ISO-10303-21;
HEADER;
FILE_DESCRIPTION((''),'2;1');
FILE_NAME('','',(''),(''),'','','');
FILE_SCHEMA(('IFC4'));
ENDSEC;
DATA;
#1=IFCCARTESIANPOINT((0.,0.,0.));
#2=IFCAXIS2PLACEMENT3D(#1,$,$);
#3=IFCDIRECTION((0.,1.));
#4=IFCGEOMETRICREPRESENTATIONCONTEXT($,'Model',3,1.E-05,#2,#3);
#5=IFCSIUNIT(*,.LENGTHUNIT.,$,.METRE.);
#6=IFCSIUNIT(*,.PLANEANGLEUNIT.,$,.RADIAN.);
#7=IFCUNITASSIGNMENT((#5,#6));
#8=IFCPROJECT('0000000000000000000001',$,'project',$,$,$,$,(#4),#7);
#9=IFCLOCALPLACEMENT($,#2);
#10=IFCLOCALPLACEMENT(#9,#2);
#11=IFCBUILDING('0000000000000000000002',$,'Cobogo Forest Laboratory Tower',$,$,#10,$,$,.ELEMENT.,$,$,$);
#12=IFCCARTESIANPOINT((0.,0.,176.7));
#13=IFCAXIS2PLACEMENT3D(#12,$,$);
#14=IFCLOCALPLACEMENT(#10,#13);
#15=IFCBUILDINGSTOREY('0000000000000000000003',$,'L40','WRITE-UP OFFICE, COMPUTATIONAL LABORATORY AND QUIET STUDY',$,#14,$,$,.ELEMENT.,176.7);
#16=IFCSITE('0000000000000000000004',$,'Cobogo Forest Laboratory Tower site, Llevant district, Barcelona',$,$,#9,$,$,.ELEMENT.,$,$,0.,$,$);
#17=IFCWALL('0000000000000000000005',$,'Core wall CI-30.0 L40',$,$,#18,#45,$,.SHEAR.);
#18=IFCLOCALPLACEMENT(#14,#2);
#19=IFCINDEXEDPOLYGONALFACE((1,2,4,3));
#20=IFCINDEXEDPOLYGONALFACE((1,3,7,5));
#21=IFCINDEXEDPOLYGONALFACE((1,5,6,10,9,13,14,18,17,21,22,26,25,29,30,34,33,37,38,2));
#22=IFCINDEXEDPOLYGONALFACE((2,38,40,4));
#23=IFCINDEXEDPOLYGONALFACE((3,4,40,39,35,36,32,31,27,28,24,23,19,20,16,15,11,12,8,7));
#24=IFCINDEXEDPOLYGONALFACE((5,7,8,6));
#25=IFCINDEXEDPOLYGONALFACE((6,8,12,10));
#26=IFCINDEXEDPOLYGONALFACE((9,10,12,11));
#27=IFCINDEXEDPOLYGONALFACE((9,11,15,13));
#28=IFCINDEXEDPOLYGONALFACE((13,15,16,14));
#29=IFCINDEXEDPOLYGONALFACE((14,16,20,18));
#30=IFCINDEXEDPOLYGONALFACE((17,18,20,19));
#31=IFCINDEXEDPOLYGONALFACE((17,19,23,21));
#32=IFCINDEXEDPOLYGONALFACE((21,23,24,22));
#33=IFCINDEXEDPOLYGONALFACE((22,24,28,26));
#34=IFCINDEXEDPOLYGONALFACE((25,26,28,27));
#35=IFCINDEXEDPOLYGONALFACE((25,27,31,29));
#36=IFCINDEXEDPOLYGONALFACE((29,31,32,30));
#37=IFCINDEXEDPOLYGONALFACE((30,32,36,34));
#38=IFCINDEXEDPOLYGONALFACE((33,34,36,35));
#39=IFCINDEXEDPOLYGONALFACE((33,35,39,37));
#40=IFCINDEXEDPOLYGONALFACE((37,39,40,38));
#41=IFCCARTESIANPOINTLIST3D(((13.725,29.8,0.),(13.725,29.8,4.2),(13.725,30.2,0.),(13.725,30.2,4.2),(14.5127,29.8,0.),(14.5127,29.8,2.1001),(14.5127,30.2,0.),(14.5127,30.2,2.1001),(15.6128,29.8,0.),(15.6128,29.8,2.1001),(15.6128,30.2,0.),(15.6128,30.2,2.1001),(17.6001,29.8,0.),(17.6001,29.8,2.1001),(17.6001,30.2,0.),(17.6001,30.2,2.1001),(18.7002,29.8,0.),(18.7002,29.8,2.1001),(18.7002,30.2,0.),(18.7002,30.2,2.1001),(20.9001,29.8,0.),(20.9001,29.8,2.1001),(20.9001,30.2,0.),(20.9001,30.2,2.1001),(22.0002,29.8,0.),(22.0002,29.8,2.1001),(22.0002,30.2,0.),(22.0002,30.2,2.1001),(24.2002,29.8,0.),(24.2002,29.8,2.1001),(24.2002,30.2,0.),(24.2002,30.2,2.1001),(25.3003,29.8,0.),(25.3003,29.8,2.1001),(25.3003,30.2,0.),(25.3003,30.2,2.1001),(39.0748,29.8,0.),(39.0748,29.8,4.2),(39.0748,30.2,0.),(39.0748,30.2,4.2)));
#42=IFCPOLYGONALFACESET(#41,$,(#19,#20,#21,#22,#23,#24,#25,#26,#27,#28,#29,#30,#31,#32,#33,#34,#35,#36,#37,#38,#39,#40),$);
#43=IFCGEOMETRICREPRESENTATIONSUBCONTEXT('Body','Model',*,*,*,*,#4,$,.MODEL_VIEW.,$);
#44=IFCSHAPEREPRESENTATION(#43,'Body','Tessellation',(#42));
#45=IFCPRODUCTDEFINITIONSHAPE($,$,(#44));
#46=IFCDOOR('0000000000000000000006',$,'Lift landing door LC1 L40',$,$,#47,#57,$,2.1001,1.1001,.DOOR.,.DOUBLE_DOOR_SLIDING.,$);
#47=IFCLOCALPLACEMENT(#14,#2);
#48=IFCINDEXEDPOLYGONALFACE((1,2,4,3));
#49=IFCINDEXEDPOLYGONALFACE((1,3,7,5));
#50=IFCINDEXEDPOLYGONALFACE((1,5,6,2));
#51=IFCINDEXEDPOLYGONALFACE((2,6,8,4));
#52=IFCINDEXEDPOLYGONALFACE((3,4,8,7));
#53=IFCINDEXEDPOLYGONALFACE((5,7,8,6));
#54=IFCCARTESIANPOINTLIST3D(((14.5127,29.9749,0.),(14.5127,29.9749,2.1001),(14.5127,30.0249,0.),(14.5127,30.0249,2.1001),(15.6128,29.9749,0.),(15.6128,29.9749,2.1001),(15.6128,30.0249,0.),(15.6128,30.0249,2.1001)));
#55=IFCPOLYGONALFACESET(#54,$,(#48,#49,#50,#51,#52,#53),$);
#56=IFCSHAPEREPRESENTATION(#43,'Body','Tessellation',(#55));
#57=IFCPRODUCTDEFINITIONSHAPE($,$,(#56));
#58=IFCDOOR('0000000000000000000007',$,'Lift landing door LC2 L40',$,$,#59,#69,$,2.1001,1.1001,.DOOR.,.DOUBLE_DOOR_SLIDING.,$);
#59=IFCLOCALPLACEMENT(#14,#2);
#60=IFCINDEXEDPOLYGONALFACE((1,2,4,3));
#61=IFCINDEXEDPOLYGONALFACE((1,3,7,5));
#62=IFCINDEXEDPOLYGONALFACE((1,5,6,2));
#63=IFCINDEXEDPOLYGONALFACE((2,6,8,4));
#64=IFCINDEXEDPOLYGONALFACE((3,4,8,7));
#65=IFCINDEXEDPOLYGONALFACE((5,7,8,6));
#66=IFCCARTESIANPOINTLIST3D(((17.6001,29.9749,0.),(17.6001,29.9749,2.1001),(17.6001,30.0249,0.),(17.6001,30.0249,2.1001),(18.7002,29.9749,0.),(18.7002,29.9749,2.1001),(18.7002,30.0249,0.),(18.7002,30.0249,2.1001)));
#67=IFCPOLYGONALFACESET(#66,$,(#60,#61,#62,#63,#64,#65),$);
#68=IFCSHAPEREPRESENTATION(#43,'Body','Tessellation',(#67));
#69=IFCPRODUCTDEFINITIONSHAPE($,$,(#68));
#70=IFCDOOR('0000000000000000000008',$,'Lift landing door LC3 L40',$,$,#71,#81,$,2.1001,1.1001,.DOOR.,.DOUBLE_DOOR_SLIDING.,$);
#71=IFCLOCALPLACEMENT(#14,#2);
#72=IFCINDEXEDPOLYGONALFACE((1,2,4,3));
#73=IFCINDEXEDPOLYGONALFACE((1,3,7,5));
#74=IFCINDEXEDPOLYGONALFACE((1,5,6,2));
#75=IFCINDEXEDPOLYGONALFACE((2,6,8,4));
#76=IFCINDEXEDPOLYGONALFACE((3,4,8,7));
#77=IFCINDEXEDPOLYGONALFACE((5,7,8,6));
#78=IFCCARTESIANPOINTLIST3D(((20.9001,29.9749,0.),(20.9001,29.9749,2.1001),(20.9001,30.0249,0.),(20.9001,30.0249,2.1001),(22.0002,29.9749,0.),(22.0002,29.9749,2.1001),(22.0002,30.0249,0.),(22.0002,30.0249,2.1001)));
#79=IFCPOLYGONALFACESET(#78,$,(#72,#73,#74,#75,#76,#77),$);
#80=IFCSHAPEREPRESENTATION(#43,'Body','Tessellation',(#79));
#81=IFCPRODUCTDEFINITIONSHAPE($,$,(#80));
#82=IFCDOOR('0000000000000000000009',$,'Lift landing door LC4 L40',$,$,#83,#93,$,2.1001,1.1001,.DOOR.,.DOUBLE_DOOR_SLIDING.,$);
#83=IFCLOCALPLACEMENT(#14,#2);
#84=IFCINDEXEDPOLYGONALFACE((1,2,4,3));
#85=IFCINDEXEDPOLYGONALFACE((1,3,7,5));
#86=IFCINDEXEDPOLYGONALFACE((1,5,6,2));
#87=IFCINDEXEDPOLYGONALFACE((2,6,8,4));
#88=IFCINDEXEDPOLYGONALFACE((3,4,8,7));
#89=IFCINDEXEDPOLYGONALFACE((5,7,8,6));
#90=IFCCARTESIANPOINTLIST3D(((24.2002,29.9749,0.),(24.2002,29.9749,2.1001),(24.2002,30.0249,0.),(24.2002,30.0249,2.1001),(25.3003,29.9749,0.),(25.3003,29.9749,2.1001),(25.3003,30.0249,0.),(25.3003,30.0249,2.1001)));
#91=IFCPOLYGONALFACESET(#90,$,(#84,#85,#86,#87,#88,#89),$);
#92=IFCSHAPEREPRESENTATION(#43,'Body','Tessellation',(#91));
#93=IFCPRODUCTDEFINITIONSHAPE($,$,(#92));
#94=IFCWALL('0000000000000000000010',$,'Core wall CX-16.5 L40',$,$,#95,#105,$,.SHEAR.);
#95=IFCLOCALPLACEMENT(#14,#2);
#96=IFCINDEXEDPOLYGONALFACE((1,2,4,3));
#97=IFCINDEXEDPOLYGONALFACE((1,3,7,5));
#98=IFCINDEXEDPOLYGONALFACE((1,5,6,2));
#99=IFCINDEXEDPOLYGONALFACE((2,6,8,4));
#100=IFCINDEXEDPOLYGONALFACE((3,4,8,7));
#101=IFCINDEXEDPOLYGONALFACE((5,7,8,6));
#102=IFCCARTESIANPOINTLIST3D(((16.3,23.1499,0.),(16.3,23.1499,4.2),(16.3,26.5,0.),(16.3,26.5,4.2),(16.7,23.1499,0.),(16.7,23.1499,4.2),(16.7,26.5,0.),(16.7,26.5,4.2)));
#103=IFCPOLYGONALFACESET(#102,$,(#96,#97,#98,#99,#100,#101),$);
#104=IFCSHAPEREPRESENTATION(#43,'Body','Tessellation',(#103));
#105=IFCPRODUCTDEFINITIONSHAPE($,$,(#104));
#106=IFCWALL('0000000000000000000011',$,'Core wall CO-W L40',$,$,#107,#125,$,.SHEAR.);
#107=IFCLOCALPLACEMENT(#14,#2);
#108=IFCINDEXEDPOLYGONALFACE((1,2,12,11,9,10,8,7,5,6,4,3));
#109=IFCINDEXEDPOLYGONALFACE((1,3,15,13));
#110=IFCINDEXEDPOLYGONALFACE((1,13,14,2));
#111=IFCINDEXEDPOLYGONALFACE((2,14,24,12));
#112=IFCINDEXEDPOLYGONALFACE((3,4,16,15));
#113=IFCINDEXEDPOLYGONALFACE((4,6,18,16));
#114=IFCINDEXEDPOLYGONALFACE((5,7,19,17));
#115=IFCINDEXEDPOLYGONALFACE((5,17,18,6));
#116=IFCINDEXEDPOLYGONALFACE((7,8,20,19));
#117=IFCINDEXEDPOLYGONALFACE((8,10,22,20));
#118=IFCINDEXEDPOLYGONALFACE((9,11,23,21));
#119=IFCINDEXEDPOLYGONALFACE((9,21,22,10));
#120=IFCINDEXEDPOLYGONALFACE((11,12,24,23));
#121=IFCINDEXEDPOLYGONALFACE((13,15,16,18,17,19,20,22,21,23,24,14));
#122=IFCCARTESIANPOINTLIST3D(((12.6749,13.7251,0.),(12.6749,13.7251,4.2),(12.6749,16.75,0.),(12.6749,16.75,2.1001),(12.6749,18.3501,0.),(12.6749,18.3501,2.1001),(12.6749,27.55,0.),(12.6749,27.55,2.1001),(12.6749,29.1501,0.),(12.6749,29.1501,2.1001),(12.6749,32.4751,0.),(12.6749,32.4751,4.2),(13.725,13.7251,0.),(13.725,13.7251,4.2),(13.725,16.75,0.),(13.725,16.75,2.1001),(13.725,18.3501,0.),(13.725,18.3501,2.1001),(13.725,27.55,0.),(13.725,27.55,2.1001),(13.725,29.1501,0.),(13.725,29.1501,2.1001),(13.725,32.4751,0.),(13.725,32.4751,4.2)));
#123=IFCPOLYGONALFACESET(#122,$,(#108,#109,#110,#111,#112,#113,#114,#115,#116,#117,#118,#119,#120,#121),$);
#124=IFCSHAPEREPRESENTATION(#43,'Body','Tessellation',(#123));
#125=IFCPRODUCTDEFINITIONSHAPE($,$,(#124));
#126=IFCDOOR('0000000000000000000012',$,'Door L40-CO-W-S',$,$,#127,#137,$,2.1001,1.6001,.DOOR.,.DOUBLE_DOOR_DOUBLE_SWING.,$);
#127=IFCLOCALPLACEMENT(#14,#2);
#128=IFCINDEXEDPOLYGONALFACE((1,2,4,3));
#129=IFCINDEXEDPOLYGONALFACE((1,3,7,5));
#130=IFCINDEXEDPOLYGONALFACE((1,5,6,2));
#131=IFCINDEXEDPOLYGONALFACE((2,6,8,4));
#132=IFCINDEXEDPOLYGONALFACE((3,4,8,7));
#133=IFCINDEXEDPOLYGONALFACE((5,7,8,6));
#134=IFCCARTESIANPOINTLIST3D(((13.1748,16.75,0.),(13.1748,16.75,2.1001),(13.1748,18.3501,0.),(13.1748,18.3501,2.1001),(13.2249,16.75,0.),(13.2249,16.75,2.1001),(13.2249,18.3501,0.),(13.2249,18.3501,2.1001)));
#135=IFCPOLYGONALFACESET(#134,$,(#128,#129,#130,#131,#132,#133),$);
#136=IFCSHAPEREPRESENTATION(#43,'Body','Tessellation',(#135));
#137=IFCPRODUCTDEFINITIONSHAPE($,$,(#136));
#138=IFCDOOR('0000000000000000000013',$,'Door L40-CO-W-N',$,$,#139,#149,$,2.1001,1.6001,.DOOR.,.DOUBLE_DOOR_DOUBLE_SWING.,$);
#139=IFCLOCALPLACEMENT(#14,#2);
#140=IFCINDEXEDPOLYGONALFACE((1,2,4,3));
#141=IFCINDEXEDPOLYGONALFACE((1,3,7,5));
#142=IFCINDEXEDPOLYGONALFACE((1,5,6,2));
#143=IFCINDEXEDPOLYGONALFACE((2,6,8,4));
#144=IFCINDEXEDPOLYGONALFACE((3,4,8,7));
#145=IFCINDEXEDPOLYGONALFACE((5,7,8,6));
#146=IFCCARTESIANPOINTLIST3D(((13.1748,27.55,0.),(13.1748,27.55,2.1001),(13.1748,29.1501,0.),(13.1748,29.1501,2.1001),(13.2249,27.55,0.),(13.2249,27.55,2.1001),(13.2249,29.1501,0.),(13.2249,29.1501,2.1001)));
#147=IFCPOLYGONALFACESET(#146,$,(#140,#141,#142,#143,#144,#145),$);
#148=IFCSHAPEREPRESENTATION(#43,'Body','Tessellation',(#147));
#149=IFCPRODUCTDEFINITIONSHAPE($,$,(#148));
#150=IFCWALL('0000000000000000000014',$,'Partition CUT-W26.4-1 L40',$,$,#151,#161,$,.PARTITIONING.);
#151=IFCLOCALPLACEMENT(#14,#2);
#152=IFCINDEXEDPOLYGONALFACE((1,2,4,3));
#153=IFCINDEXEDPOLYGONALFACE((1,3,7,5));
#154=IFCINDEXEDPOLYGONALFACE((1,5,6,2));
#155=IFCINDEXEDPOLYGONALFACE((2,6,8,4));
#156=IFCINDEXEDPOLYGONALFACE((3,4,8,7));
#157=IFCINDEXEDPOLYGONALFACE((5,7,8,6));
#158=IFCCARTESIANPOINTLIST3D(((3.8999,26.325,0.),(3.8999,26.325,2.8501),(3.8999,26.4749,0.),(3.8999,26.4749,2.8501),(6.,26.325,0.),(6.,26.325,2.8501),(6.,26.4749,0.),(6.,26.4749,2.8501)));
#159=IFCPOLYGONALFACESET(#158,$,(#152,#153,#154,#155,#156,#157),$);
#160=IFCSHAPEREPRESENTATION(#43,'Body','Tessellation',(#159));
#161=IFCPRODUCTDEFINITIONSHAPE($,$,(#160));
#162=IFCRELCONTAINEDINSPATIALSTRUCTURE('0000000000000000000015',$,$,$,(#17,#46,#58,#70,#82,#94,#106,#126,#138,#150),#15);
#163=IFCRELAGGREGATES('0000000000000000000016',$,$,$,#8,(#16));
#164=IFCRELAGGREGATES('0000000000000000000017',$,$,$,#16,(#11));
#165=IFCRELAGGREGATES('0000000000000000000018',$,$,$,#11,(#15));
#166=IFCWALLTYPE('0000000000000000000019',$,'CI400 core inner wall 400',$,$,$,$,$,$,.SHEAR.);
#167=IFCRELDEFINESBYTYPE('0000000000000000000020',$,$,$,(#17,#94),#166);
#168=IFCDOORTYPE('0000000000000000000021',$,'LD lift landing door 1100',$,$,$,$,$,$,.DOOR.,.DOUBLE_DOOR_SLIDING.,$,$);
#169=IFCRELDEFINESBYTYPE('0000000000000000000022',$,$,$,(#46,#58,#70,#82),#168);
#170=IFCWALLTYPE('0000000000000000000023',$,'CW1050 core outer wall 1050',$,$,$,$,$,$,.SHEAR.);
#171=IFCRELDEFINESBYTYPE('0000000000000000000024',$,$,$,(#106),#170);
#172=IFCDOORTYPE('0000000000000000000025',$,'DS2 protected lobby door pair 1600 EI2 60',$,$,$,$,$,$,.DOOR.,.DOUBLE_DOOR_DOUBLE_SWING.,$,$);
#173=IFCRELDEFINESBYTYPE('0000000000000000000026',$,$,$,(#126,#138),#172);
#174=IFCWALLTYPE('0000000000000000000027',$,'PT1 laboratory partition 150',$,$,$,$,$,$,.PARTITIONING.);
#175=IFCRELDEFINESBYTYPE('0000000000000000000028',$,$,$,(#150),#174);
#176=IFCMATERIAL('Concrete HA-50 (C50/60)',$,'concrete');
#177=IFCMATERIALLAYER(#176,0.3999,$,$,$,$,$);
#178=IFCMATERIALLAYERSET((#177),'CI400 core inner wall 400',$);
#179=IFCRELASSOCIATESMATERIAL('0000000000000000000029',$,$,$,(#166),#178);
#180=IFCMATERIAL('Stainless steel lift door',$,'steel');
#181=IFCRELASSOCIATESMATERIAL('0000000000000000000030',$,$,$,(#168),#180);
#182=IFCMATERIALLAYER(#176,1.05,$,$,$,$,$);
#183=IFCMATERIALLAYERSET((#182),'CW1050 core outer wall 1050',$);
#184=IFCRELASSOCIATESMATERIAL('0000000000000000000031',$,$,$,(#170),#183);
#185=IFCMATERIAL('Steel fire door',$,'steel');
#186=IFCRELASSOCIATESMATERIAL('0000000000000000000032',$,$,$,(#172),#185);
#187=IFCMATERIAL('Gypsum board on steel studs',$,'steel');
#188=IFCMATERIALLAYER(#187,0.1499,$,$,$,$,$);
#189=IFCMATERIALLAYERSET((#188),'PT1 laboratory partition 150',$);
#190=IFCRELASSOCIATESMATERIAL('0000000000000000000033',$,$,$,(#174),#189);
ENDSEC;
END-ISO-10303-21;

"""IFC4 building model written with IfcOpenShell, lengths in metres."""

from ifc_helpers import new_model, si_unit, direction, frame, frame_2d, origin, place, context, subcontext, project, spatial, rectangle, extrude, material, layer, layer_set, type_object, element, fill, save


model = new_model("IFC4")

# Units and contexts
model_context = context("Model", 3, precision=1e-05, world=origin(), true_north=direction((0.0, 1.0)))
body_context = subcontext(model_context, "Body", "Model", "MODEL_VIEW")
ifc_project = project(units=[si_unit("LENGTHUNIT", "METRE"), si_unit("PLANEANGLEUNIT", "RADIAN")], contexts=[model_context])

# Site, building, storey
site_placement = place(None, origin())
site = spatial("IfcSite", under=ifc_project, at=site_placement, Name="Cobogo Forest Laboratory Tower site, Llevant district, Barcelona", CompositionType="ELEMENT", RefElevation=0.0)
building_placement = place(site_placement, origin())
building = spatial("IfcBuilding", under=site, at=building_placement, Name="Cobogo Forest Laboratory Tower", CompositionType="ELEMENT")
storey_placement = place(building_placement, frame((0.0, 0.0, 176.7)))
storey = spatial("IfcBuildingStorey", under=building, at=storey_placement, Name="L40", Description="WRITE-UP OFFICE, COMPUTATIONAL LABORATORY AND QUIET STUDY", CompositionType="ELEMENT", Elevation=176.7)

# Shared definitions
ifc_material_1 = material(Name="Concrete HA-50 (C50/60)", Category="concrete")

# Shared definitions
ifc_layer_1 = layer(ifc_material_1, 0.3999)
ifc_layer_set_1 = layer_set([ifc_layer_1], Name="CI400 core inner wall 400")
wall_type_1 = type_object("IfcWallType", Name="CI400 core inner wall 400", PredefinedType="SHEAR", material=ifc_layer_set_1)

# Wall, openings, doors
ifc_material_2 = material(Name="Steel fire door", Category="steel")
ifc_material_3 = material(Name="Stainless steel lift door", Category="steel")
door_type_1 = type_object("IfcDoorType", Name="LD lift landing door 1100", OperationType="DOUBLE_DOOR_SLIDING", PredefinedType="DOOR", material=ifc_material_3)
wall_1_placement = place(storey_placement, frame((13.7251, 30.0, 0.0), z_axis=(0.0, 0.0, 1.0), x_axis=(1.0, 0.0, 0.0)))
wall_1 = element("IfcWall", 1, at=wall_1_placement, inside=storey, type_object=wall_type_1, Name="Core wall CI-30.0 L40", PredefinedType="SHEAR", context=body_context, shape_type="SweptSolid", body=[
    extrude(rectangle(XDim=25.3499, YDim=0.3999, at=frame_2d((12.6748, 0.0))), origin(), (0.0, 0.0, 1.0), 4.2),
])
opening_1_placement = place(wall_1_placement, frame((0.7876, 0.0, 0.0)))
opening_1 = element("IfcOpeningElement", 2, at=opening_1_placement, cuts=wall_1, PredefinedType="OPENING", context=body_context, shape_type="SweptSolid", body=[
    extrude(rectangle(XDim=1.1001, YDim=2.1001, at=frame_2d((0.55, 1.05))), frame((0.0, 0.21, 0.0), z_axis=(0.0, -1.0, 0.0), x_axis=(1.0, 0.0, 0.0)), (0.0, 0.0, 1.0), 0.4199),
])
opening_2_placement = place(wall_1_placement, frame((3.875, 0.0, 0.0)))
opening_2 = element("IfcOpeningElement", 3, at=opening_2_placement, cuts=wall_1, PredefinedType="OPENING", context=body_context, shape_type="SweptSolid", body=[
    extrude(rectangle(XDim=1.1001, YDim=2.1001, at=frame_2d((0.55, 1.05))), frame((0.0, 0.21, 0.0), z_axis=(0.0, -1.0, 0.0), x_axis=(1.0, 0.0, 0.0)), (0.0, 0.0, 1.0), 0.4199),
])
opening_3_placement = place(wall_1_placement, frame((7.175, 0.0, 0.0)))
opening_3 = element("IfcOpeningElement", 4, at=opening_3_placement, cuts=wall_1, PredefinedType="OPENING", context=body_context, shape_type="SweptSolid", body=[
    extrude(rectangle(XDim=1.1001, YDim=2.1001, at=frame_2d((0.55, 1.05))), frame((0.0, 0.21, 0.0), z_axis=(0.0, -1.0, 0.0), x_axis=(1.0, 0.0, 0.0)), (0.0, 0.0, 1.0), 0.4199),
])
opening_4_placement = place(wall_1_placement, frame((10.4751, 0.0, 0.0)))
opening_4 = element("IfcOpeningElement", 5, at=opening_4_placement, cuts=wall_1, PredefinedType="OPENING", context=body_context, shape_type="SweptSolid", body=[
    extrude(rectangle(XDim=1.1001, YDim=2.1001, at=frame_2d((0.55, 1.05))), frame((0.0, 0.21, 0.0), z_axis=(0.0, -1.0, 0.0), x_axis=(1.0, 0.0, 0.0)), (0.0, 0.0, 1.0), 0.4199),
])
door_1_placement = place(opening_1_placement, origin())
door_1 = element("IfcDoor", 6, at=door_1_placement, inside=storey, type_object=door_type_1, Name="Lift landing door LC1 L40", OperationType="DOUBLE_DOOR_SLIDING", OverallHeight=2.1001, OverallWidth=1.1001, PredefinedType="DOOR", context=body_context, shape_type="SweptSolid", body=[
    extrude(rectangle(XDim=1.1001, YDim=2.1001, at=frame_2d((0.55, 1.05))), frame((0.0, 0.0249, 0.0), z_axis=(0.0, -1.0, 0.0), x_axis=(1.0, 0.0, 0.0)), (0.0, 0.0, 1.0), 0.05),
])
fill(opening_1, door_1)
door_2_placement = place(opening_2_placement, origin())
door_2 = element("IfcDoor", 7, at=door_2_placement, inside=storey, type_object=door_type_1, Name="Lift landing door LC2 L40", OperationType="DOUBLE_DOOR_SLIDING", OverallHeight=2.1001, OverallWidth=1.1001, PredefinedType="DOOR", context=body_context, shape_type="SweptSolid", body=[
    extrude(rectangle(XDim=1.1001, YDim=2.1001, at=frame_2d((0.55, 1.05))), frame((0.0, 0.0249, 0.0), z_axis=(0.0, -1.0, 0.0), x_axis=(1.0, 0.0, 0.0)), (0.0, 0.0, 1.0), 0.05),
])
fill(opening_2, door_2)
door_3_placement = place(opening_3_placement, origin())
door_3 = element("IfcDoor", 8, at=door_3_placement, inside=storey, type_object=door_type_1, Name="Lift landing door LC3 L40", OperationType="DOUBLE_DOOR_SLIDING", OverallHeight=2.1001, OverallWidth=1.1001, PredefinedType="DOOR", context=body_context, shape_type="SweptSolid", body=[
    extrude(rectangle(XDim=1.1001, YDim=2.1001, at=frame_2d((0.55, 1.05))), frame((0.0, 0.0249, 0.0), z_axis=(0.0, -1.0, 0.0), x_axis=(1.0, 0.0, 0.0)), (0.0, 0.0, 1.0), 0.05),
])
fill(opening_3, door_3)
door_4_placement = place(opening_4_placement, origin())
door_4 = element("IfcDoor", 9, at=door_4_placement, inside=storey, type_object=door_type_1, Name="Lift landing door LC4 L40", OperationType="DOUBLE_DOOR_SLIDING", OverallHeight=2.1001, OverallWidth=1.1001, PredefinedType="DOOR", context=body_context, shape_type="SweptSolid", body=[
    extrude(rectangle(XDim=1.1001, YDim=2.1001, at=frame_2d((0.55, 1.05))), frame((0.0, 0.0249, 0.0), z_axis=(0.0, -1.0, 0.0), x_axis=(1.0, 0.0, 0.0)), (0.0, 0.0, 1.0), 0.05),
])
fill(opening_4, door_4)

# Wall
wall_2_placement = place(storey_placement, frame((16.5, 23.1499, 0.0), z_axis=(0.0, 0.0, 1.0), x_axis=(0.0, 1.0, 0.0)))
element("IfcWall", 10, at=wall_2_placement, inside=storey, type_object=wall_type_1, Name="Core wall CX-16.5 L40", PredefinedType="SHEAR", context=body_context, shape_type="SweptSolid", body=[
    extrude(rectangle(XDim=3.3501, YDim=0.3999, at=frame_2d((1.675, 0.0))), origin(), (0.0, 0.0, 1.0), 4.2),
])

# Wall, openings, doors
ifc_layer_2 = layer(ifc_material_1, 1.05)
ifc_layer_set_2 = layer_set([ifc_layer_2], Name="CW1050 core outer wall 1050")
wall_type_2 = type_object("IfcWallType", Name="CW1050 core outer wall 1050", PredefinedType="SHEAR", material=ifc_layer_set_2)
wall_3_placement = place(storey_placement, frame((13.2, 32.4751, 0.0), z_axis=(0.0, 0.0, 1.0), x_axis=(0.0, -1.0, 0.0)))
wall_3 = element("IfcWall", 11, at=wall_3_placement, inside=storey, type_object=wall_type_2, Name="Core wall CO-W L40", PredefinedType="SHEAR", context=body_context, shape_type="SweptSolid", body=[
    extrude(rectangle(XDim=18.75, YDim=1.05, at=frame_2d((9.375, 0.0))), origin(), (0.0, 0.0, 1.0), 4.2),
])
opening_5_placement = place(wall_3_placement, frame((14.125, 0.0, 0.0)))
opening_5 = element("IfcOpeningElement", 12, at=opening_5_placement, cuts=wall_3, PredefinedType="OPENING", context=body_context, shape_type="SweptSolid", body=[
    extrude(rectangle(XDim=1.6001, YDim=2.1001, at=frame_2d((0.8, 1.05))), frame((0.0, 0.5349, 0.0), z_axis=(0.0, -1.0, 0.0), x_axis=(1.0, 0.0, 0.0)), (0.0, 0.0, 1.0), 1.0701),
])
opening_6_placement = place(wall_3_placement, frame((3.325, 0.0, 0.0)))
opening_6 = element("IfcOpeningElement", 13, at=opening_6_placement, cuts=wall_3, PredefinedType="OPENING", context=body_context, shape_type="SweptSolid", body=[
    extrude(rectangle(XDim=1.6001, YDim=2.1001, at=frame_2d((0.8, 1.05))), frame((0.0, 0.5349, 0.0), z_axis=(0.0, -1.0, 0.0), x_axis=(1.0, 0.0, 0.0)), (0.0, 0.0, 1.0), 1.0701),
])
door_type_2 = type_object("IfcDoorType", Name="DS2 protected lobby door pair 1600 EI2 60", OperationType="DOUBLE_DOOR_DOUBLE_SWING", PredefinedType="DOOR", material=ifc_material_2)
door_5_placement = place(opening_5_placement, origin())
door_5 = element("IfcDoor", 14, at=door_5_placement, inside=storey, type_object=door_type_2, Name="Door L40-CO-W-S", OperationType="DOUBLE_DOOR_DOUBLE_SWING", OverallHeight=2.1001, OverallWidth=1.6001, PredefinedType="DOOR", context=body_context, shape_type="SweptSolid", body=[
    extrude(rectangle(XDim=1.6001, YDim=2.1001, at=frame_2d((0.8, 1.05))), frame((0.0, 0.0249, 0.0), z_axis=(0.0, -1.0, 0.0), x_axis=(1.0, 0.0, 0.0)), (0.0, 0.0, 1.0), 0.05),
])
fill(opening_5, door_5)
door_6_placement = place(opening_6_placement, origin())
door_6 = element("IfcDoor", 15, at=door_6_placement, inside=storey, type_object=door_type_2, Name="Door L40-CO-W-N", OperationType="DOUBLE_DOOR_DOUBLE_SWING", OverallHeight=2.1001, OverallWidth=1.6001, PredefinedType="DOOR", context=body_context, shape_type="SweptSolid", body=[
    extrude(rectangle(XDim=1.6001, YDim=2.1001, at=frame_2d((0.8, 1.05))), frame((0.0, 0.0249, 0.0), z_axis=(0.0, -1.0, 0.0), x_axis=(1.0, 0.0, 0.0)), (0.0, 0.0, 1.0), 0.05),
])
fill(opening_6, door_6)

# Wall
ifc_material_4 = material(Name="Gypsum board on steel studs", Category="steel")
ifc_layer_3 = layer(ifc_material_4, 0.1499)
ifc_layer_set_3 = layer_set([ifc_layer_3], Name="PT1 laboratory partition 150")
wall_type_3 = type_object("IfcWallType", Name="PT1 laboratory partition 150", PredefinedType="PARTITIONING", material=ifc_layer_set_3)
wall_4_placement = place(storey_placement, frame((3.8999, 26.3999, 0.0), z_axis=(0.0, 0.0, 1.0), x_axis=(1.0, 0.0, 0.0)))
element("IfcWall", 16, at=wall_4_placement, inside=storey, type_object=wall_type_3, Name="Partition CUT-W26.4-1 L40", PredefinedType="PARTITIONING", context=body_context, shape_type="SweptSolid", body=[
    extrude(rectangle(XDim=2.1001, YDim=0.1499, at=frame_2d((1.05, 0.0))), origin(), (0.0, 0.0, 1.0), 2.8501),
])

save(model, "model.ifc")
